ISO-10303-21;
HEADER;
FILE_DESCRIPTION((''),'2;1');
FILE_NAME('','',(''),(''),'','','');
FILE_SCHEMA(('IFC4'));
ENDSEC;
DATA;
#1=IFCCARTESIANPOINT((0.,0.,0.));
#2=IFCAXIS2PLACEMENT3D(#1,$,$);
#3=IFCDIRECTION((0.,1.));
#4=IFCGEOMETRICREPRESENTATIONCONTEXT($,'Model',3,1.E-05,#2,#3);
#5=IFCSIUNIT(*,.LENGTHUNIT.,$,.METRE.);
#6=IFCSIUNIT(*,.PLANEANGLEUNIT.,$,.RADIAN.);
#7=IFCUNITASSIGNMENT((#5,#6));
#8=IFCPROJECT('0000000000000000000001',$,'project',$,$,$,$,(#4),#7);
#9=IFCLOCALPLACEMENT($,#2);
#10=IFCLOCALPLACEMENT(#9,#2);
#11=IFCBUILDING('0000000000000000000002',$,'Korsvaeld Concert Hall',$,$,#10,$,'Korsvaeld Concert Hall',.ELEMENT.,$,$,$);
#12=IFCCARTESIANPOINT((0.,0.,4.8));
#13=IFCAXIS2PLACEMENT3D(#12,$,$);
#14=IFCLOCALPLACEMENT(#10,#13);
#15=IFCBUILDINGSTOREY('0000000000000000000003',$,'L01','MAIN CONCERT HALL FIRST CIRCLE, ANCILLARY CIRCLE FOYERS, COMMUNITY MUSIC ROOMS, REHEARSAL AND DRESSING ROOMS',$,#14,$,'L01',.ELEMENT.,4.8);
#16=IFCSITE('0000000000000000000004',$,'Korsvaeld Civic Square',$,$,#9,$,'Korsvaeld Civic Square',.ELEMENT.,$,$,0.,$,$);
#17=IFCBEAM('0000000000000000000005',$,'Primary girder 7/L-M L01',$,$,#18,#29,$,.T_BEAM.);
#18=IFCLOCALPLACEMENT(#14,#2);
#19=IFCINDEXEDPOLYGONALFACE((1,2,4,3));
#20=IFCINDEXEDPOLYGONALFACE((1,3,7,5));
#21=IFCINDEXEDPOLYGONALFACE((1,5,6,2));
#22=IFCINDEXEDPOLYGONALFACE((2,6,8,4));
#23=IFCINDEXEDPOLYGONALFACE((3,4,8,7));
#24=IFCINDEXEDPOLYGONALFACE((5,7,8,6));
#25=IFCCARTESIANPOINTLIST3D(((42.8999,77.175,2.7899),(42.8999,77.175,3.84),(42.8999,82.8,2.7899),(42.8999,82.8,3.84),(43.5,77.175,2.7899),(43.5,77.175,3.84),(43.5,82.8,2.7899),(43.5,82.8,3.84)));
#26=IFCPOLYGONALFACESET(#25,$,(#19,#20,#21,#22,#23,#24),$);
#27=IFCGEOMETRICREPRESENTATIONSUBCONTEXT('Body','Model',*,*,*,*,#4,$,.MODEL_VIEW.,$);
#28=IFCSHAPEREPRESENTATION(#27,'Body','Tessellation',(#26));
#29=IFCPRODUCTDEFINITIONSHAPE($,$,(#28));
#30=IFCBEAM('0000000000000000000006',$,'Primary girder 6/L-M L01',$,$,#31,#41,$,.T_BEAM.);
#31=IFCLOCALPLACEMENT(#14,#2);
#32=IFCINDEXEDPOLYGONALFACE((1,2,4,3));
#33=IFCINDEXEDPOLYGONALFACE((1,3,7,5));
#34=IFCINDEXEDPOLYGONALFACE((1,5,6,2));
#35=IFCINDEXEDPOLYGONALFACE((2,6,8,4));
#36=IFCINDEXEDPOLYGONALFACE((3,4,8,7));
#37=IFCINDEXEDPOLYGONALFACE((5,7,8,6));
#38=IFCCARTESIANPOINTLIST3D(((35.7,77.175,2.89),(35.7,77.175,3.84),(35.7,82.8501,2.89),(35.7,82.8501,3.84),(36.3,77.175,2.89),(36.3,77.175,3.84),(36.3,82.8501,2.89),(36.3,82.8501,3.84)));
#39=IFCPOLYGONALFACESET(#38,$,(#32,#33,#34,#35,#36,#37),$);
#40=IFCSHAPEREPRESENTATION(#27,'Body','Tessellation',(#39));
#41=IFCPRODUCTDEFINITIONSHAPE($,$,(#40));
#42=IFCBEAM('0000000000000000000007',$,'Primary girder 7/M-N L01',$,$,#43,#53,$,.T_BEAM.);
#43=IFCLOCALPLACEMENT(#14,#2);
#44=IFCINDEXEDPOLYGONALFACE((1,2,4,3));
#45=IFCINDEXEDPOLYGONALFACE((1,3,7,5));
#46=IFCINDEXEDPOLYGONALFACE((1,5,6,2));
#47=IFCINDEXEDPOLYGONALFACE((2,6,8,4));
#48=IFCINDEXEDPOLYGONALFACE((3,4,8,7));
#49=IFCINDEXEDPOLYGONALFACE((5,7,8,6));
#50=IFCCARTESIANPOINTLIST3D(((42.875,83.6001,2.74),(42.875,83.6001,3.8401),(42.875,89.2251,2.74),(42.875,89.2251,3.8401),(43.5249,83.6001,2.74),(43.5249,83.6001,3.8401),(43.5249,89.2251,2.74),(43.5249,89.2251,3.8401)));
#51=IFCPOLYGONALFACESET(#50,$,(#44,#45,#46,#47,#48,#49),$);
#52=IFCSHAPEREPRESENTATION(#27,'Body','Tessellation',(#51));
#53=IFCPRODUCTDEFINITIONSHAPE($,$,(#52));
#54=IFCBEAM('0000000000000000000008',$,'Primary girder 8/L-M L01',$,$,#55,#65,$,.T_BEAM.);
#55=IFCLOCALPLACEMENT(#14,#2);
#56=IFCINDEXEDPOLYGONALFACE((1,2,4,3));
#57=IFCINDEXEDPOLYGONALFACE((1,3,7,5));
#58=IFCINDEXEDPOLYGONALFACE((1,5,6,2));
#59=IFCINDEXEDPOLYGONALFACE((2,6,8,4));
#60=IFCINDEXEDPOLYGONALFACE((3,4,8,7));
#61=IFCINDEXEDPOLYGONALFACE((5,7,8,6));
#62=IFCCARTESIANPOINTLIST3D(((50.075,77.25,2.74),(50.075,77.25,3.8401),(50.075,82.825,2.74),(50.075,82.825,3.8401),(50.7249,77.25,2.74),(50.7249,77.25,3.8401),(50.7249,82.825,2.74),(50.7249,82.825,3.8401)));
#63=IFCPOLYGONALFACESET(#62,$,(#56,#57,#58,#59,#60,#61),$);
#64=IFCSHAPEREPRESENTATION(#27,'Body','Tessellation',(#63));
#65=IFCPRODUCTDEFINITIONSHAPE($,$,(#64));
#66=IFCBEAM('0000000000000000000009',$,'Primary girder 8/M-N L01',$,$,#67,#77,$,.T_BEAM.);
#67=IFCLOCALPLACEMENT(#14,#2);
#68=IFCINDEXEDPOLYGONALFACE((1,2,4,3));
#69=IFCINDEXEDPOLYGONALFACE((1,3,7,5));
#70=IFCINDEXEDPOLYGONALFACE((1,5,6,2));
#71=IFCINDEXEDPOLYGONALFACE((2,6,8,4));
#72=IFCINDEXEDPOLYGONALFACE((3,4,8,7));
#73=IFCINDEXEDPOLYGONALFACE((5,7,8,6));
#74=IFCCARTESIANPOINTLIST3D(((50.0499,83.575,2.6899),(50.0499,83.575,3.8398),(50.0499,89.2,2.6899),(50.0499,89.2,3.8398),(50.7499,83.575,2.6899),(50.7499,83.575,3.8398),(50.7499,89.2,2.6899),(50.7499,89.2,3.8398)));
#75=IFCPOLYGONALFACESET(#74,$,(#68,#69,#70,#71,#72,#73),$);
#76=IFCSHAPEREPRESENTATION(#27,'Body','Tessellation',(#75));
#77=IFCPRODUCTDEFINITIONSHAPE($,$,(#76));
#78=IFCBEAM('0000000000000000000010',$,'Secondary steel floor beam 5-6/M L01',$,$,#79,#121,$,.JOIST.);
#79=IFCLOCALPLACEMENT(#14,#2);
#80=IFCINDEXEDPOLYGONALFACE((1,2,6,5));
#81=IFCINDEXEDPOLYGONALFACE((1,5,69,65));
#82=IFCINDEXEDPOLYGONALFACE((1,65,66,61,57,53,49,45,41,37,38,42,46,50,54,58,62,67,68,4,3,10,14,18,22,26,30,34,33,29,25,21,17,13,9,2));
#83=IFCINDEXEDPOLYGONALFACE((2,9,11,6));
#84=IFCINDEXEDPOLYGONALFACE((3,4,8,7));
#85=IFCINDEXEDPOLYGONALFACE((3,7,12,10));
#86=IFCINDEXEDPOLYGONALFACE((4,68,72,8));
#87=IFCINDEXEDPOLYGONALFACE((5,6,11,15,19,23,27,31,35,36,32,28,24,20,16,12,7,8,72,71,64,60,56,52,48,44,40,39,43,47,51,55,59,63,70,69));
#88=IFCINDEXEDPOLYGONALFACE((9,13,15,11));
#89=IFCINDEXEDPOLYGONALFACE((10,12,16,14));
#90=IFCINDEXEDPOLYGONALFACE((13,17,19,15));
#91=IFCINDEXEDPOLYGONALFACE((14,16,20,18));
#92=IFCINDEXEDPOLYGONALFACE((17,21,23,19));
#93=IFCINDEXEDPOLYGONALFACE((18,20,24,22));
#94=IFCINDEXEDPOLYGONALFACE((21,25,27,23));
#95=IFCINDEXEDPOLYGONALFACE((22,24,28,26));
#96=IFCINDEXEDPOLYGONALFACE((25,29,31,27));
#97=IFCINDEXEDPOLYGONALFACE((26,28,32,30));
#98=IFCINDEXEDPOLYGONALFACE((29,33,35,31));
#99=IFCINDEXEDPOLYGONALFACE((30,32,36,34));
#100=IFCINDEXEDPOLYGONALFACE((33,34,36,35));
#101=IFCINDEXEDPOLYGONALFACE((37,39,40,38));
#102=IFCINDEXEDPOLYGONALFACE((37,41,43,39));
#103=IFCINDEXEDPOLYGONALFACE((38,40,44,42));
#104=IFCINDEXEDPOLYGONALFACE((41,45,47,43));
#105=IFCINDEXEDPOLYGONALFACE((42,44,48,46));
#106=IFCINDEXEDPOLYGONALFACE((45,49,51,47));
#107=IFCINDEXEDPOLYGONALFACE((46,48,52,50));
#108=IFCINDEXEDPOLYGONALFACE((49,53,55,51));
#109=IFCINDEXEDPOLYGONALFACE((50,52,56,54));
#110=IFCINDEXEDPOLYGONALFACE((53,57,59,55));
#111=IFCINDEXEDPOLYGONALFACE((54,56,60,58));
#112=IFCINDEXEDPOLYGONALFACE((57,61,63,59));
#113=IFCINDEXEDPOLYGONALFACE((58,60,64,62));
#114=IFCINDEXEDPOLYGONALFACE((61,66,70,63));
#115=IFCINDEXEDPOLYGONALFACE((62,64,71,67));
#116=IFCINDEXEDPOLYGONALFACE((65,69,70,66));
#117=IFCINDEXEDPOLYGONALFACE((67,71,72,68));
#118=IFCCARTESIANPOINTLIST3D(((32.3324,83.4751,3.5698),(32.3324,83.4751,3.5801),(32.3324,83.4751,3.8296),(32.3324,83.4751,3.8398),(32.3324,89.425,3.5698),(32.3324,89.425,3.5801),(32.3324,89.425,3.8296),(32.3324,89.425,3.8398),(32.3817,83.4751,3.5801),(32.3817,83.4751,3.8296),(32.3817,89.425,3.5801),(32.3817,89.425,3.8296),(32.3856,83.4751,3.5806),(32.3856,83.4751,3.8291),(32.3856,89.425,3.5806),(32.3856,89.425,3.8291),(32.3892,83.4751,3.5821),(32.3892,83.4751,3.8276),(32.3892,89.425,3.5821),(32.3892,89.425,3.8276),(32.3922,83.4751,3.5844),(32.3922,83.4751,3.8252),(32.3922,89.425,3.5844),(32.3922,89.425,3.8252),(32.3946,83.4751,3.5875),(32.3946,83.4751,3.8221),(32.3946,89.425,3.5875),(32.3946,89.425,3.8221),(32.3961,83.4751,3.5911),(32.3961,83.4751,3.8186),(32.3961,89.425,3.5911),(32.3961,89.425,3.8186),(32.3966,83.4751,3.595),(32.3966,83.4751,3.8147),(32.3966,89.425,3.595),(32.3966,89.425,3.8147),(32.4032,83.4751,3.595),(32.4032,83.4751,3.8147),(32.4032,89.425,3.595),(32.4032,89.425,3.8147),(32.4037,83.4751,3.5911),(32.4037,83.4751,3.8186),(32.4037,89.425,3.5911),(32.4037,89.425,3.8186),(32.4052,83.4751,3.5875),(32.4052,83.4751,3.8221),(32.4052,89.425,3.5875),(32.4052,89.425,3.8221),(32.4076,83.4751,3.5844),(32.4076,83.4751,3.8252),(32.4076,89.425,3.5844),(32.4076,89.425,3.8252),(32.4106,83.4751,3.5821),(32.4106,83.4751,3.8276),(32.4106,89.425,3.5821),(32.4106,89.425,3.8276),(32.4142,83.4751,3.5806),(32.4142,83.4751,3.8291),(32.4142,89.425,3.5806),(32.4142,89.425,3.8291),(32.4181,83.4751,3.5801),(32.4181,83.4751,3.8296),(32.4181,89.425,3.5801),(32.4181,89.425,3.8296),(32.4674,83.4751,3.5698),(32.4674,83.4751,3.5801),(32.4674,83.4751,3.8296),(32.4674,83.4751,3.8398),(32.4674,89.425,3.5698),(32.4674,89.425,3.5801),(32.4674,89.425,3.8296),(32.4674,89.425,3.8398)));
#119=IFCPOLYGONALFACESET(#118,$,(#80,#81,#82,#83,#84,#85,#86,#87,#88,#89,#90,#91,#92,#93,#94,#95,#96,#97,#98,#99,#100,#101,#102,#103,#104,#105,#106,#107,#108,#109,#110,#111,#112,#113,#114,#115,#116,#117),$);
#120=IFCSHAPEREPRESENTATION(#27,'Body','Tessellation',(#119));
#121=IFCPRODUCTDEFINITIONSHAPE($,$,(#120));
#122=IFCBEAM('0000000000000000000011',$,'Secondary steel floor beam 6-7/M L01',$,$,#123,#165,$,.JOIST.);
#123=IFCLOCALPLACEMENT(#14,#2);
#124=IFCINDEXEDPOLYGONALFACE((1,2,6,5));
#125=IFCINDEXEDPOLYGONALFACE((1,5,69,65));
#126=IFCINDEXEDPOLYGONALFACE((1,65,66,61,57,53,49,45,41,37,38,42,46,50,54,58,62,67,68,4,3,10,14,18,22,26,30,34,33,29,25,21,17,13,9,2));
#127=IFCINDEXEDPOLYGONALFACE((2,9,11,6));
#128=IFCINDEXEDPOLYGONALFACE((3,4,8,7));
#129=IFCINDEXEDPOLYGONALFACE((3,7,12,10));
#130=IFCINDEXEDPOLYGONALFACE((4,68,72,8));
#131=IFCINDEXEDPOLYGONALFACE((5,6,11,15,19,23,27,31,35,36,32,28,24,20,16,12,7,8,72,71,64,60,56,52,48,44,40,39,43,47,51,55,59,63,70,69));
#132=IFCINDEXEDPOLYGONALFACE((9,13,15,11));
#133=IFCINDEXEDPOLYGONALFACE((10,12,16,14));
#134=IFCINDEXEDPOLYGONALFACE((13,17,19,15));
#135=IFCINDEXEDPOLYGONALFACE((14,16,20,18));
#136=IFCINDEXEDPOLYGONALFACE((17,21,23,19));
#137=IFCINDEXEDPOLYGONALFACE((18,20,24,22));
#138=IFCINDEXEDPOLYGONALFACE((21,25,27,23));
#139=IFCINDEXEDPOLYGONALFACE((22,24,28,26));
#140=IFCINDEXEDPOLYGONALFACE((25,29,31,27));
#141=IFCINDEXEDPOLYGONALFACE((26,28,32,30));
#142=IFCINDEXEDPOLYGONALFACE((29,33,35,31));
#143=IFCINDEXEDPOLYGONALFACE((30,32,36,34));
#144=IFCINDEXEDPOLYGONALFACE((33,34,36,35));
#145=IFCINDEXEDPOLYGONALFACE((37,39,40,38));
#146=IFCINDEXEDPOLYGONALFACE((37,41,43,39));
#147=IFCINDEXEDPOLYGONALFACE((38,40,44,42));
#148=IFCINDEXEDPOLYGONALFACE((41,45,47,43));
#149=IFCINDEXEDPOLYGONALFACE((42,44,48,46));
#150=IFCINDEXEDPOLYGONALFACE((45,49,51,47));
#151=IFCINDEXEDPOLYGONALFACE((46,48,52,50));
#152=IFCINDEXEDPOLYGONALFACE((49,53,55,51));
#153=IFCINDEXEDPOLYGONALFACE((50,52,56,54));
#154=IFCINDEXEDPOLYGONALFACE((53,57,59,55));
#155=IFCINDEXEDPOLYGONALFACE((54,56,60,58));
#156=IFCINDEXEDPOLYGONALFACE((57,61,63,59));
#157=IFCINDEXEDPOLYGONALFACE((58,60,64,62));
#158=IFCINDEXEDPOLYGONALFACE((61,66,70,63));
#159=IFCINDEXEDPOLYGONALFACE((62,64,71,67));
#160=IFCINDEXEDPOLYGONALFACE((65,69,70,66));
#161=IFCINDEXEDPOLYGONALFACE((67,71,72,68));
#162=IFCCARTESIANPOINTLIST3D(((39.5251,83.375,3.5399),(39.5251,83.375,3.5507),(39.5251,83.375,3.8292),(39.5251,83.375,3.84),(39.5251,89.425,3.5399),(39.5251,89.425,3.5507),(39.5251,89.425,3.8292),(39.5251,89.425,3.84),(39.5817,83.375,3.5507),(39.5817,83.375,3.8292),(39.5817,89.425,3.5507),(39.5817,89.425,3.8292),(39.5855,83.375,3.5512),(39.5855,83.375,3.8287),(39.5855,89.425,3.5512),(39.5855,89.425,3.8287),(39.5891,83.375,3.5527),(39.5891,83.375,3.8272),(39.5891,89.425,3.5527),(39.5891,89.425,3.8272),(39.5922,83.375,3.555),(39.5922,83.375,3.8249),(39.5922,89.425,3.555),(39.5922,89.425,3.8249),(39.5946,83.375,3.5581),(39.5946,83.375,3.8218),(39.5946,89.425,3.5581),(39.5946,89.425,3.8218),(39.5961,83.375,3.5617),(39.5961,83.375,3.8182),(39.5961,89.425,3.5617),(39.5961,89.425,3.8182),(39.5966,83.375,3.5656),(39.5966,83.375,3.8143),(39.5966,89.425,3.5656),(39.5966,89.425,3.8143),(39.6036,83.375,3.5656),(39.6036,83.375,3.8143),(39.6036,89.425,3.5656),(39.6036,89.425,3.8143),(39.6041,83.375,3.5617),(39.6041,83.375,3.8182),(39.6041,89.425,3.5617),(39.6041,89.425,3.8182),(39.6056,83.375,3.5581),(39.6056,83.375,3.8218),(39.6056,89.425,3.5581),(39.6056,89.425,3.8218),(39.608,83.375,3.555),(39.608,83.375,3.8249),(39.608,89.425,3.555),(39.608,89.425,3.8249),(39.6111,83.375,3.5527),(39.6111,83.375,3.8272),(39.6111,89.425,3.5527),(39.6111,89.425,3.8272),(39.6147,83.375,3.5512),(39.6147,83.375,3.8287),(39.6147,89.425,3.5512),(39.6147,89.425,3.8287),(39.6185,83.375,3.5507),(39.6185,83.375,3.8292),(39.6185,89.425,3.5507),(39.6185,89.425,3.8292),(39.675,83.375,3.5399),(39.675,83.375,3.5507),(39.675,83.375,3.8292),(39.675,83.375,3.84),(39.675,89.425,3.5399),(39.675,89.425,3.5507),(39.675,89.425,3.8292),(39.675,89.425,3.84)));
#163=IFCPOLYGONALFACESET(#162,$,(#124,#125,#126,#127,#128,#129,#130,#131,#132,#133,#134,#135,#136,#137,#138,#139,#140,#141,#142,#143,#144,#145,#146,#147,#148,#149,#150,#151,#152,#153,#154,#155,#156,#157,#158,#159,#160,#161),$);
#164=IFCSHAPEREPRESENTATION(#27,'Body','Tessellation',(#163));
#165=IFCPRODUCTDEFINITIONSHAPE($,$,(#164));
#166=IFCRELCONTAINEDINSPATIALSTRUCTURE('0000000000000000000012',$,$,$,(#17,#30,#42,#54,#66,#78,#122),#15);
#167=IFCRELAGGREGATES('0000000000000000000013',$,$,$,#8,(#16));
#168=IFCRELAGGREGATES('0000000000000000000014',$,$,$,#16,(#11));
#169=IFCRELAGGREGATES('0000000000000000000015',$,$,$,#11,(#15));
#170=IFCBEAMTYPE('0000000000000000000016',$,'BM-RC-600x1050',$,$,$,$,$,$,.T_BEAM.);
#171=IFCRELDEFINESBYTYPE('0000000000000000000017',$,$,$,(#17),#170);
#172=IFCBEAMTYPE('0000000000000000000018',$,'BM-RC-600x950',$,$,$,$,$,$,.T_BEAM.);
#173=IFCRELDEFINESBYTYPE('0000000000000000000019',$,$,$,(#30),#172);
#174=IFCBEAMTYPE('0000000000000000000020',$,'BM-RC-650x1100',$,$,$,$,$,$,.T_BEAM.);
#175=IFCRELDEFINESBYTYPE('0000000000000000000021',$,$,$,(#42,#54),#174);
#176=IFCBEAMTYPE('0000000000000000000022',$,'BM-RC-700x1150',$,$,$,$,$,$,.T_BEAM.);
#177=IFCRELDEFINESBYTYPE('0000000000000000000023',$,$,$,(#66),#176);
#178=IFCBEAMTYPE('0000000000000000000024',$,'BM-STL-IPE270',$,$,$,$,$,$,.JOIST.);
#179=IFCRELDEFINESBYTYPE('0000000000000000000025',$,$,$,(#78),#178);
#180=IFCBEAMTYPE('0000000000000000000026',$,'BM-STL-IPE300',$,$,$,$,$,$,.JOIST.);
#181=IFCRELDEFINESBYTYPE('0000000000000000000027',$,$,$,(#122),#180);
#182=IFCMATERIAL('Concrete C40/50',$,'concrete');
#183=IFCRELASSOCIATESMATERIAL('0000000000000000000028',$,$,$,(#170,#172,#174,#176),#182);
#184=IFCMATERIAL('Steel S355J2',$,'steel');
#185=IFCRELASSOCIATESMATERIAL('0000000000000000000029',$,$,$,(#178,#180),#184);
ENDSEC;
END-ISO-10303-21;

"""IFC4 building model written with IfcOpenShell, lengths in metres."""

from ifc_helpers import new_model, si_unit, direction, frame, origin, origin_2d, place, context, subcontext, project, spatial, rectangle, i_section, extrude, material, material_profile, profile_set, type_object, element, save


model = new_model("IFC4")

# Units and contexts
model_context = context("Model", 3, precision=1e-05, world=origin(), true_north=direction((0.0, 1.0)))
body_context = subcontext(model_context, "Body", "Model", "MODEL_VIEW")
ifc_project = project(units=[si_unit("LENGTHUNIT", "METRE"), si_unit("PLANEANGLEUNIT", "RADIAN")], contexts=[model_context])

# Site, building, storey
site_placement = place(None, origin())
site = spatial("IfcSite", under=ifc_project, at=site_placement, Name="Korsvaeld Civic Square", LongName="Korsvaeld Civic Square", CompositionType="ELEMENT", RefElevation=0.0)
building_placement = place(site_placement, origin())
building = spatial("IfcBuilding", under=site, at=building_placement, Name="Korsvaeld Concert Hall", LongName="Korsvaeld Concert Hall", CompositionType="ELEMENT")
storey_placement = place(building_placement, frame((0.0, 0.0, 4.8)))
storey = spatial("IfcBuildingStorey", under=building, at=storey_placement, Name="L01", Description="MAIN CONCERT HALL FIRST CIRCLE, ANCILLARY CIRCLE FOYERS, COMMUNITY MUSIC ROOMS, REHEARSAL AND DRESSING ROOMS", LongName="L01", CompositionType="ELEMENT", Elevation=4.8)

# Shared definitions
ifc_material_1 = material(Name="Concrete C40/50", Category="concrete")

# Beams
ifc_material_profile_1 = material_profile(ifc_material_1, rectangle(XDim=0.6001, YDim=1.05, at=origin_2d()), Name="RC 600x1050")
ifc_profile_set_1 = profile_set([ifc_material_profile_1], Name="Concrete C40/50")
beam_type_1 = type_object("IfcBeamType", Name="BM-RC-600x1050", PredefinedType="T_BEAM", material=ifc_profile_set_1)
beam_1_placement = place(storey_placement, frame((43.2, 77.175, 3.3149), z_axis=(0.0, 1.0, 0.0), x_axis=(-1.0, 0.0, 0.0)))
element("IfcBeam", 1, at=beam_1_placement, inside=storey, type_object=beam_type_1, Name="Primary girder 7/L-M L01", PredefinedType="T_BEAM", context=body_context, shape_type="SweptSolid", body=[
    extrude(rectangle(XDim=0.6001, YDim=1.05, at=origin_2d()), origin(), (0.0, 0.0, 1.0), 5.625),
])
ifc_material_profile_2 = material_profile(ifc_material_1, rectangle(XDim=0.6001, YDim=0.95, at=origin_2d()), Name="RC 600x950")
ifc_profile_set_2 = profile_set([ifc_material_profile_2], Name="Concrete C40/50")
beam_type_2 = type_object("IfcBeamType", Name="BM-RC-600x950", PredefinedType="T_BEAM", material=ifc_profile_set_2)
beam_2_placement = place(storey_placement, frame((36.0, 77.175, 3.365), z_axis=(0.0, 1.0, 0.0), x_axis=(-1.0, 0.0, 0.0)))
element("IfcBeam", 2, at=beam_2_placement, inside=storey, type_object=beam_type_2, Name="Primary girder 6/L-M L01", PredefinedType="T_BEAM", context=body_context, shape_type="SweptSolid", body=[
    extrude(rectangle(XDim=0.6001, YDim=0.95, at=origin_2d()), origin(), (0.0, 0.0, 1.0), 5.675),
])
ifc_material_profile_3 = material_profile(ifc_material_1, rectangle(XDim=0.6499, YDim=1.1001, at=origin_2d()), Name="RC 650x1100")
ifc_profile_set_3 = profile_set([ifc_material_profile_3], Name="Concrete C40/50")
beam_type_3 = type_object("IfcBeamType", Name="BM-RC-650x1100", PredefinedType="T_BEAM", material=ifc_profile_set_3)
beam_3_placement = place(storey_placement, frame((43.2, 83.6001, 3.29), z_axis=(0.0, 1.0, 0.0), x_axis=(-1.0, 0.0, 0.0)))
element("IfcBeam", 3, at=beam_3_placement, inside=storey, type_object=beam_type_3, Name="Primary girder 7/M-N L01", PredefinedType="T_BEAM", context=body_context, shape_type="SweptSolid", body=[
    extrude(rectangle(XDim=0.6499, YDim=1.1001, at=origin_2d()), origin(), (0.0, 0.0, 1.0), 5.625),
])
beam_4_placement = place(storey_placement, frame((50.3999, 77.25, 3.29), z_axis=(0.0, 1.0, 0.0), x_axis=(-1.0, 0.0, 0.0)))
element("IfcBeam", 4, at=beam_4_placement, inside=storey, type_object=beam_type_3, Name="Primary girder 8/L-M L01", PredefinedType="T_BEAM", context=body_context, shape_type="SweptSolid", body=[
    extrude(rectangle(XDim=0.6499, YDim=1.1001, at=origin_2d()), origin(), (0.0, 0.0, 1.0), 5.575),
])
ifc_material_profile_4 = material_profile(ifc_material_1, rectangle(XDim=0.7, YDim=1.1499, at=origin_2d()), Name="RC 700x1150")
ifc_profile_set_4 = profile_set([ifc_material_profile_4], Name="Concrete C40/50")
beam_type_4 = type_object("IfcBeamType", Name="BM-RC-700x1150", PredefinedType="T_BEAM", material=ifc_profile_set_4)
beam_5_placement = place(storey_placement, frame((50.3999, 83.575, 3.2649), z_axis=(0.0, 1.0, 0.0), x_axis=(-1.0, 0.0, 0.0)))
element("IfcBeam", 5, at=beam_5_placement, inside=storey, type_object=beam_type_4, Name="Primary girder 8/M-N L01", PredefinedType="T_BEAM", context=body_context, shape_type="SweptSolid", body=[
    extrude(rectangle(XDim=0.7, YDim=1.1499, at=origin_2d()), origin(), (0.0, 0.0, 1.0), 5.625),
])
ifc_material_2 = material(Name="Steel S355J2", Category="steel")
ifc_material_profile_5 = material_profile(ifc_material_2, i_section(OverallWidth=0.135, OverallDepth=0.27, WebThickness=0.0066, FlangeThickness=0.0103, FilletRadius=0.0149, at=origin_2d()), Name="IPE 270")
ifc_profile_set_5 = profile_set([ifc_material_profile_5], Name="Steel S355J2")
beam_type_5 = type_object("IfcBeamType", Name="BM-STL-IPE270", PredefinedType="JOIST", material=ifc_profile_set_5)
beam_6_placement = place(storey_placement, frame((32.3999, 83.4751, 3.7048), z_axis=(0.0, 1.0, 0.0), x_axis=(-1.0, 0.0, 0.0)))
element("IfcBeam", 6, at=beam_6_placement, inside=storey, type_object=beam_type_5, Name="Secondary steel floor beam 5-6/M L01", PredefinedType="JOIST", context=body_context, shape_type="SweptSolid", body=[
    extrude(i_section(OverallWidth=0.135, OverallDepth=0.27, WebThickness=0.0066, FlangeThickness=0.0103, FilletRadius=0.0149, at=origin_2d()), origin(), (0.0, 0.0, 1.0), 5.95),
])
ifc_material_profile_6 = material_profile(ifc_material_2, i_section(OverallWidth=0.1499, OverallDepth=0.3, WebThickness=0.0071, FlangeThickness=0.0107, FilletRadius=0.0149, at=origin_2d()), Name="IPE 300")
ifc_profile_set_6 = profile_set([ifc_material_profile_6], Name="Steel S355J2")
beam_type_6 = type_object("IfcBeamType", Name="BM-STL-IPE300", PredefinedType="JOIST", material=ifc_profile_set_6)
beam_7_placement = place(storey_placement, frame((39.6001, 83.375, 3.6899), z_axis=(0.0, 1.0, 0.0), x_axis=(-1.0, 0.0, 0.0)))
element("IfcBeam", 7, at=beam_7_placement, inside=storey, type_object=beam_type_6, Name="Secondary steel floor beam 6-7/M L01", PredefinedType="JOIST", context=body_context, shape_type="SweptSolid", body=[
    extrude(i_section(OverallWidth=0.1499, OverallDepth=0.3, WebThickness=0.0071, FlangeThickness=0.0107, FilletRadius=0.0149, at=origin_2d()), origin(), (0.0, 0.0, 1.0), 6.05),
])

save(model, "model.ifc")
